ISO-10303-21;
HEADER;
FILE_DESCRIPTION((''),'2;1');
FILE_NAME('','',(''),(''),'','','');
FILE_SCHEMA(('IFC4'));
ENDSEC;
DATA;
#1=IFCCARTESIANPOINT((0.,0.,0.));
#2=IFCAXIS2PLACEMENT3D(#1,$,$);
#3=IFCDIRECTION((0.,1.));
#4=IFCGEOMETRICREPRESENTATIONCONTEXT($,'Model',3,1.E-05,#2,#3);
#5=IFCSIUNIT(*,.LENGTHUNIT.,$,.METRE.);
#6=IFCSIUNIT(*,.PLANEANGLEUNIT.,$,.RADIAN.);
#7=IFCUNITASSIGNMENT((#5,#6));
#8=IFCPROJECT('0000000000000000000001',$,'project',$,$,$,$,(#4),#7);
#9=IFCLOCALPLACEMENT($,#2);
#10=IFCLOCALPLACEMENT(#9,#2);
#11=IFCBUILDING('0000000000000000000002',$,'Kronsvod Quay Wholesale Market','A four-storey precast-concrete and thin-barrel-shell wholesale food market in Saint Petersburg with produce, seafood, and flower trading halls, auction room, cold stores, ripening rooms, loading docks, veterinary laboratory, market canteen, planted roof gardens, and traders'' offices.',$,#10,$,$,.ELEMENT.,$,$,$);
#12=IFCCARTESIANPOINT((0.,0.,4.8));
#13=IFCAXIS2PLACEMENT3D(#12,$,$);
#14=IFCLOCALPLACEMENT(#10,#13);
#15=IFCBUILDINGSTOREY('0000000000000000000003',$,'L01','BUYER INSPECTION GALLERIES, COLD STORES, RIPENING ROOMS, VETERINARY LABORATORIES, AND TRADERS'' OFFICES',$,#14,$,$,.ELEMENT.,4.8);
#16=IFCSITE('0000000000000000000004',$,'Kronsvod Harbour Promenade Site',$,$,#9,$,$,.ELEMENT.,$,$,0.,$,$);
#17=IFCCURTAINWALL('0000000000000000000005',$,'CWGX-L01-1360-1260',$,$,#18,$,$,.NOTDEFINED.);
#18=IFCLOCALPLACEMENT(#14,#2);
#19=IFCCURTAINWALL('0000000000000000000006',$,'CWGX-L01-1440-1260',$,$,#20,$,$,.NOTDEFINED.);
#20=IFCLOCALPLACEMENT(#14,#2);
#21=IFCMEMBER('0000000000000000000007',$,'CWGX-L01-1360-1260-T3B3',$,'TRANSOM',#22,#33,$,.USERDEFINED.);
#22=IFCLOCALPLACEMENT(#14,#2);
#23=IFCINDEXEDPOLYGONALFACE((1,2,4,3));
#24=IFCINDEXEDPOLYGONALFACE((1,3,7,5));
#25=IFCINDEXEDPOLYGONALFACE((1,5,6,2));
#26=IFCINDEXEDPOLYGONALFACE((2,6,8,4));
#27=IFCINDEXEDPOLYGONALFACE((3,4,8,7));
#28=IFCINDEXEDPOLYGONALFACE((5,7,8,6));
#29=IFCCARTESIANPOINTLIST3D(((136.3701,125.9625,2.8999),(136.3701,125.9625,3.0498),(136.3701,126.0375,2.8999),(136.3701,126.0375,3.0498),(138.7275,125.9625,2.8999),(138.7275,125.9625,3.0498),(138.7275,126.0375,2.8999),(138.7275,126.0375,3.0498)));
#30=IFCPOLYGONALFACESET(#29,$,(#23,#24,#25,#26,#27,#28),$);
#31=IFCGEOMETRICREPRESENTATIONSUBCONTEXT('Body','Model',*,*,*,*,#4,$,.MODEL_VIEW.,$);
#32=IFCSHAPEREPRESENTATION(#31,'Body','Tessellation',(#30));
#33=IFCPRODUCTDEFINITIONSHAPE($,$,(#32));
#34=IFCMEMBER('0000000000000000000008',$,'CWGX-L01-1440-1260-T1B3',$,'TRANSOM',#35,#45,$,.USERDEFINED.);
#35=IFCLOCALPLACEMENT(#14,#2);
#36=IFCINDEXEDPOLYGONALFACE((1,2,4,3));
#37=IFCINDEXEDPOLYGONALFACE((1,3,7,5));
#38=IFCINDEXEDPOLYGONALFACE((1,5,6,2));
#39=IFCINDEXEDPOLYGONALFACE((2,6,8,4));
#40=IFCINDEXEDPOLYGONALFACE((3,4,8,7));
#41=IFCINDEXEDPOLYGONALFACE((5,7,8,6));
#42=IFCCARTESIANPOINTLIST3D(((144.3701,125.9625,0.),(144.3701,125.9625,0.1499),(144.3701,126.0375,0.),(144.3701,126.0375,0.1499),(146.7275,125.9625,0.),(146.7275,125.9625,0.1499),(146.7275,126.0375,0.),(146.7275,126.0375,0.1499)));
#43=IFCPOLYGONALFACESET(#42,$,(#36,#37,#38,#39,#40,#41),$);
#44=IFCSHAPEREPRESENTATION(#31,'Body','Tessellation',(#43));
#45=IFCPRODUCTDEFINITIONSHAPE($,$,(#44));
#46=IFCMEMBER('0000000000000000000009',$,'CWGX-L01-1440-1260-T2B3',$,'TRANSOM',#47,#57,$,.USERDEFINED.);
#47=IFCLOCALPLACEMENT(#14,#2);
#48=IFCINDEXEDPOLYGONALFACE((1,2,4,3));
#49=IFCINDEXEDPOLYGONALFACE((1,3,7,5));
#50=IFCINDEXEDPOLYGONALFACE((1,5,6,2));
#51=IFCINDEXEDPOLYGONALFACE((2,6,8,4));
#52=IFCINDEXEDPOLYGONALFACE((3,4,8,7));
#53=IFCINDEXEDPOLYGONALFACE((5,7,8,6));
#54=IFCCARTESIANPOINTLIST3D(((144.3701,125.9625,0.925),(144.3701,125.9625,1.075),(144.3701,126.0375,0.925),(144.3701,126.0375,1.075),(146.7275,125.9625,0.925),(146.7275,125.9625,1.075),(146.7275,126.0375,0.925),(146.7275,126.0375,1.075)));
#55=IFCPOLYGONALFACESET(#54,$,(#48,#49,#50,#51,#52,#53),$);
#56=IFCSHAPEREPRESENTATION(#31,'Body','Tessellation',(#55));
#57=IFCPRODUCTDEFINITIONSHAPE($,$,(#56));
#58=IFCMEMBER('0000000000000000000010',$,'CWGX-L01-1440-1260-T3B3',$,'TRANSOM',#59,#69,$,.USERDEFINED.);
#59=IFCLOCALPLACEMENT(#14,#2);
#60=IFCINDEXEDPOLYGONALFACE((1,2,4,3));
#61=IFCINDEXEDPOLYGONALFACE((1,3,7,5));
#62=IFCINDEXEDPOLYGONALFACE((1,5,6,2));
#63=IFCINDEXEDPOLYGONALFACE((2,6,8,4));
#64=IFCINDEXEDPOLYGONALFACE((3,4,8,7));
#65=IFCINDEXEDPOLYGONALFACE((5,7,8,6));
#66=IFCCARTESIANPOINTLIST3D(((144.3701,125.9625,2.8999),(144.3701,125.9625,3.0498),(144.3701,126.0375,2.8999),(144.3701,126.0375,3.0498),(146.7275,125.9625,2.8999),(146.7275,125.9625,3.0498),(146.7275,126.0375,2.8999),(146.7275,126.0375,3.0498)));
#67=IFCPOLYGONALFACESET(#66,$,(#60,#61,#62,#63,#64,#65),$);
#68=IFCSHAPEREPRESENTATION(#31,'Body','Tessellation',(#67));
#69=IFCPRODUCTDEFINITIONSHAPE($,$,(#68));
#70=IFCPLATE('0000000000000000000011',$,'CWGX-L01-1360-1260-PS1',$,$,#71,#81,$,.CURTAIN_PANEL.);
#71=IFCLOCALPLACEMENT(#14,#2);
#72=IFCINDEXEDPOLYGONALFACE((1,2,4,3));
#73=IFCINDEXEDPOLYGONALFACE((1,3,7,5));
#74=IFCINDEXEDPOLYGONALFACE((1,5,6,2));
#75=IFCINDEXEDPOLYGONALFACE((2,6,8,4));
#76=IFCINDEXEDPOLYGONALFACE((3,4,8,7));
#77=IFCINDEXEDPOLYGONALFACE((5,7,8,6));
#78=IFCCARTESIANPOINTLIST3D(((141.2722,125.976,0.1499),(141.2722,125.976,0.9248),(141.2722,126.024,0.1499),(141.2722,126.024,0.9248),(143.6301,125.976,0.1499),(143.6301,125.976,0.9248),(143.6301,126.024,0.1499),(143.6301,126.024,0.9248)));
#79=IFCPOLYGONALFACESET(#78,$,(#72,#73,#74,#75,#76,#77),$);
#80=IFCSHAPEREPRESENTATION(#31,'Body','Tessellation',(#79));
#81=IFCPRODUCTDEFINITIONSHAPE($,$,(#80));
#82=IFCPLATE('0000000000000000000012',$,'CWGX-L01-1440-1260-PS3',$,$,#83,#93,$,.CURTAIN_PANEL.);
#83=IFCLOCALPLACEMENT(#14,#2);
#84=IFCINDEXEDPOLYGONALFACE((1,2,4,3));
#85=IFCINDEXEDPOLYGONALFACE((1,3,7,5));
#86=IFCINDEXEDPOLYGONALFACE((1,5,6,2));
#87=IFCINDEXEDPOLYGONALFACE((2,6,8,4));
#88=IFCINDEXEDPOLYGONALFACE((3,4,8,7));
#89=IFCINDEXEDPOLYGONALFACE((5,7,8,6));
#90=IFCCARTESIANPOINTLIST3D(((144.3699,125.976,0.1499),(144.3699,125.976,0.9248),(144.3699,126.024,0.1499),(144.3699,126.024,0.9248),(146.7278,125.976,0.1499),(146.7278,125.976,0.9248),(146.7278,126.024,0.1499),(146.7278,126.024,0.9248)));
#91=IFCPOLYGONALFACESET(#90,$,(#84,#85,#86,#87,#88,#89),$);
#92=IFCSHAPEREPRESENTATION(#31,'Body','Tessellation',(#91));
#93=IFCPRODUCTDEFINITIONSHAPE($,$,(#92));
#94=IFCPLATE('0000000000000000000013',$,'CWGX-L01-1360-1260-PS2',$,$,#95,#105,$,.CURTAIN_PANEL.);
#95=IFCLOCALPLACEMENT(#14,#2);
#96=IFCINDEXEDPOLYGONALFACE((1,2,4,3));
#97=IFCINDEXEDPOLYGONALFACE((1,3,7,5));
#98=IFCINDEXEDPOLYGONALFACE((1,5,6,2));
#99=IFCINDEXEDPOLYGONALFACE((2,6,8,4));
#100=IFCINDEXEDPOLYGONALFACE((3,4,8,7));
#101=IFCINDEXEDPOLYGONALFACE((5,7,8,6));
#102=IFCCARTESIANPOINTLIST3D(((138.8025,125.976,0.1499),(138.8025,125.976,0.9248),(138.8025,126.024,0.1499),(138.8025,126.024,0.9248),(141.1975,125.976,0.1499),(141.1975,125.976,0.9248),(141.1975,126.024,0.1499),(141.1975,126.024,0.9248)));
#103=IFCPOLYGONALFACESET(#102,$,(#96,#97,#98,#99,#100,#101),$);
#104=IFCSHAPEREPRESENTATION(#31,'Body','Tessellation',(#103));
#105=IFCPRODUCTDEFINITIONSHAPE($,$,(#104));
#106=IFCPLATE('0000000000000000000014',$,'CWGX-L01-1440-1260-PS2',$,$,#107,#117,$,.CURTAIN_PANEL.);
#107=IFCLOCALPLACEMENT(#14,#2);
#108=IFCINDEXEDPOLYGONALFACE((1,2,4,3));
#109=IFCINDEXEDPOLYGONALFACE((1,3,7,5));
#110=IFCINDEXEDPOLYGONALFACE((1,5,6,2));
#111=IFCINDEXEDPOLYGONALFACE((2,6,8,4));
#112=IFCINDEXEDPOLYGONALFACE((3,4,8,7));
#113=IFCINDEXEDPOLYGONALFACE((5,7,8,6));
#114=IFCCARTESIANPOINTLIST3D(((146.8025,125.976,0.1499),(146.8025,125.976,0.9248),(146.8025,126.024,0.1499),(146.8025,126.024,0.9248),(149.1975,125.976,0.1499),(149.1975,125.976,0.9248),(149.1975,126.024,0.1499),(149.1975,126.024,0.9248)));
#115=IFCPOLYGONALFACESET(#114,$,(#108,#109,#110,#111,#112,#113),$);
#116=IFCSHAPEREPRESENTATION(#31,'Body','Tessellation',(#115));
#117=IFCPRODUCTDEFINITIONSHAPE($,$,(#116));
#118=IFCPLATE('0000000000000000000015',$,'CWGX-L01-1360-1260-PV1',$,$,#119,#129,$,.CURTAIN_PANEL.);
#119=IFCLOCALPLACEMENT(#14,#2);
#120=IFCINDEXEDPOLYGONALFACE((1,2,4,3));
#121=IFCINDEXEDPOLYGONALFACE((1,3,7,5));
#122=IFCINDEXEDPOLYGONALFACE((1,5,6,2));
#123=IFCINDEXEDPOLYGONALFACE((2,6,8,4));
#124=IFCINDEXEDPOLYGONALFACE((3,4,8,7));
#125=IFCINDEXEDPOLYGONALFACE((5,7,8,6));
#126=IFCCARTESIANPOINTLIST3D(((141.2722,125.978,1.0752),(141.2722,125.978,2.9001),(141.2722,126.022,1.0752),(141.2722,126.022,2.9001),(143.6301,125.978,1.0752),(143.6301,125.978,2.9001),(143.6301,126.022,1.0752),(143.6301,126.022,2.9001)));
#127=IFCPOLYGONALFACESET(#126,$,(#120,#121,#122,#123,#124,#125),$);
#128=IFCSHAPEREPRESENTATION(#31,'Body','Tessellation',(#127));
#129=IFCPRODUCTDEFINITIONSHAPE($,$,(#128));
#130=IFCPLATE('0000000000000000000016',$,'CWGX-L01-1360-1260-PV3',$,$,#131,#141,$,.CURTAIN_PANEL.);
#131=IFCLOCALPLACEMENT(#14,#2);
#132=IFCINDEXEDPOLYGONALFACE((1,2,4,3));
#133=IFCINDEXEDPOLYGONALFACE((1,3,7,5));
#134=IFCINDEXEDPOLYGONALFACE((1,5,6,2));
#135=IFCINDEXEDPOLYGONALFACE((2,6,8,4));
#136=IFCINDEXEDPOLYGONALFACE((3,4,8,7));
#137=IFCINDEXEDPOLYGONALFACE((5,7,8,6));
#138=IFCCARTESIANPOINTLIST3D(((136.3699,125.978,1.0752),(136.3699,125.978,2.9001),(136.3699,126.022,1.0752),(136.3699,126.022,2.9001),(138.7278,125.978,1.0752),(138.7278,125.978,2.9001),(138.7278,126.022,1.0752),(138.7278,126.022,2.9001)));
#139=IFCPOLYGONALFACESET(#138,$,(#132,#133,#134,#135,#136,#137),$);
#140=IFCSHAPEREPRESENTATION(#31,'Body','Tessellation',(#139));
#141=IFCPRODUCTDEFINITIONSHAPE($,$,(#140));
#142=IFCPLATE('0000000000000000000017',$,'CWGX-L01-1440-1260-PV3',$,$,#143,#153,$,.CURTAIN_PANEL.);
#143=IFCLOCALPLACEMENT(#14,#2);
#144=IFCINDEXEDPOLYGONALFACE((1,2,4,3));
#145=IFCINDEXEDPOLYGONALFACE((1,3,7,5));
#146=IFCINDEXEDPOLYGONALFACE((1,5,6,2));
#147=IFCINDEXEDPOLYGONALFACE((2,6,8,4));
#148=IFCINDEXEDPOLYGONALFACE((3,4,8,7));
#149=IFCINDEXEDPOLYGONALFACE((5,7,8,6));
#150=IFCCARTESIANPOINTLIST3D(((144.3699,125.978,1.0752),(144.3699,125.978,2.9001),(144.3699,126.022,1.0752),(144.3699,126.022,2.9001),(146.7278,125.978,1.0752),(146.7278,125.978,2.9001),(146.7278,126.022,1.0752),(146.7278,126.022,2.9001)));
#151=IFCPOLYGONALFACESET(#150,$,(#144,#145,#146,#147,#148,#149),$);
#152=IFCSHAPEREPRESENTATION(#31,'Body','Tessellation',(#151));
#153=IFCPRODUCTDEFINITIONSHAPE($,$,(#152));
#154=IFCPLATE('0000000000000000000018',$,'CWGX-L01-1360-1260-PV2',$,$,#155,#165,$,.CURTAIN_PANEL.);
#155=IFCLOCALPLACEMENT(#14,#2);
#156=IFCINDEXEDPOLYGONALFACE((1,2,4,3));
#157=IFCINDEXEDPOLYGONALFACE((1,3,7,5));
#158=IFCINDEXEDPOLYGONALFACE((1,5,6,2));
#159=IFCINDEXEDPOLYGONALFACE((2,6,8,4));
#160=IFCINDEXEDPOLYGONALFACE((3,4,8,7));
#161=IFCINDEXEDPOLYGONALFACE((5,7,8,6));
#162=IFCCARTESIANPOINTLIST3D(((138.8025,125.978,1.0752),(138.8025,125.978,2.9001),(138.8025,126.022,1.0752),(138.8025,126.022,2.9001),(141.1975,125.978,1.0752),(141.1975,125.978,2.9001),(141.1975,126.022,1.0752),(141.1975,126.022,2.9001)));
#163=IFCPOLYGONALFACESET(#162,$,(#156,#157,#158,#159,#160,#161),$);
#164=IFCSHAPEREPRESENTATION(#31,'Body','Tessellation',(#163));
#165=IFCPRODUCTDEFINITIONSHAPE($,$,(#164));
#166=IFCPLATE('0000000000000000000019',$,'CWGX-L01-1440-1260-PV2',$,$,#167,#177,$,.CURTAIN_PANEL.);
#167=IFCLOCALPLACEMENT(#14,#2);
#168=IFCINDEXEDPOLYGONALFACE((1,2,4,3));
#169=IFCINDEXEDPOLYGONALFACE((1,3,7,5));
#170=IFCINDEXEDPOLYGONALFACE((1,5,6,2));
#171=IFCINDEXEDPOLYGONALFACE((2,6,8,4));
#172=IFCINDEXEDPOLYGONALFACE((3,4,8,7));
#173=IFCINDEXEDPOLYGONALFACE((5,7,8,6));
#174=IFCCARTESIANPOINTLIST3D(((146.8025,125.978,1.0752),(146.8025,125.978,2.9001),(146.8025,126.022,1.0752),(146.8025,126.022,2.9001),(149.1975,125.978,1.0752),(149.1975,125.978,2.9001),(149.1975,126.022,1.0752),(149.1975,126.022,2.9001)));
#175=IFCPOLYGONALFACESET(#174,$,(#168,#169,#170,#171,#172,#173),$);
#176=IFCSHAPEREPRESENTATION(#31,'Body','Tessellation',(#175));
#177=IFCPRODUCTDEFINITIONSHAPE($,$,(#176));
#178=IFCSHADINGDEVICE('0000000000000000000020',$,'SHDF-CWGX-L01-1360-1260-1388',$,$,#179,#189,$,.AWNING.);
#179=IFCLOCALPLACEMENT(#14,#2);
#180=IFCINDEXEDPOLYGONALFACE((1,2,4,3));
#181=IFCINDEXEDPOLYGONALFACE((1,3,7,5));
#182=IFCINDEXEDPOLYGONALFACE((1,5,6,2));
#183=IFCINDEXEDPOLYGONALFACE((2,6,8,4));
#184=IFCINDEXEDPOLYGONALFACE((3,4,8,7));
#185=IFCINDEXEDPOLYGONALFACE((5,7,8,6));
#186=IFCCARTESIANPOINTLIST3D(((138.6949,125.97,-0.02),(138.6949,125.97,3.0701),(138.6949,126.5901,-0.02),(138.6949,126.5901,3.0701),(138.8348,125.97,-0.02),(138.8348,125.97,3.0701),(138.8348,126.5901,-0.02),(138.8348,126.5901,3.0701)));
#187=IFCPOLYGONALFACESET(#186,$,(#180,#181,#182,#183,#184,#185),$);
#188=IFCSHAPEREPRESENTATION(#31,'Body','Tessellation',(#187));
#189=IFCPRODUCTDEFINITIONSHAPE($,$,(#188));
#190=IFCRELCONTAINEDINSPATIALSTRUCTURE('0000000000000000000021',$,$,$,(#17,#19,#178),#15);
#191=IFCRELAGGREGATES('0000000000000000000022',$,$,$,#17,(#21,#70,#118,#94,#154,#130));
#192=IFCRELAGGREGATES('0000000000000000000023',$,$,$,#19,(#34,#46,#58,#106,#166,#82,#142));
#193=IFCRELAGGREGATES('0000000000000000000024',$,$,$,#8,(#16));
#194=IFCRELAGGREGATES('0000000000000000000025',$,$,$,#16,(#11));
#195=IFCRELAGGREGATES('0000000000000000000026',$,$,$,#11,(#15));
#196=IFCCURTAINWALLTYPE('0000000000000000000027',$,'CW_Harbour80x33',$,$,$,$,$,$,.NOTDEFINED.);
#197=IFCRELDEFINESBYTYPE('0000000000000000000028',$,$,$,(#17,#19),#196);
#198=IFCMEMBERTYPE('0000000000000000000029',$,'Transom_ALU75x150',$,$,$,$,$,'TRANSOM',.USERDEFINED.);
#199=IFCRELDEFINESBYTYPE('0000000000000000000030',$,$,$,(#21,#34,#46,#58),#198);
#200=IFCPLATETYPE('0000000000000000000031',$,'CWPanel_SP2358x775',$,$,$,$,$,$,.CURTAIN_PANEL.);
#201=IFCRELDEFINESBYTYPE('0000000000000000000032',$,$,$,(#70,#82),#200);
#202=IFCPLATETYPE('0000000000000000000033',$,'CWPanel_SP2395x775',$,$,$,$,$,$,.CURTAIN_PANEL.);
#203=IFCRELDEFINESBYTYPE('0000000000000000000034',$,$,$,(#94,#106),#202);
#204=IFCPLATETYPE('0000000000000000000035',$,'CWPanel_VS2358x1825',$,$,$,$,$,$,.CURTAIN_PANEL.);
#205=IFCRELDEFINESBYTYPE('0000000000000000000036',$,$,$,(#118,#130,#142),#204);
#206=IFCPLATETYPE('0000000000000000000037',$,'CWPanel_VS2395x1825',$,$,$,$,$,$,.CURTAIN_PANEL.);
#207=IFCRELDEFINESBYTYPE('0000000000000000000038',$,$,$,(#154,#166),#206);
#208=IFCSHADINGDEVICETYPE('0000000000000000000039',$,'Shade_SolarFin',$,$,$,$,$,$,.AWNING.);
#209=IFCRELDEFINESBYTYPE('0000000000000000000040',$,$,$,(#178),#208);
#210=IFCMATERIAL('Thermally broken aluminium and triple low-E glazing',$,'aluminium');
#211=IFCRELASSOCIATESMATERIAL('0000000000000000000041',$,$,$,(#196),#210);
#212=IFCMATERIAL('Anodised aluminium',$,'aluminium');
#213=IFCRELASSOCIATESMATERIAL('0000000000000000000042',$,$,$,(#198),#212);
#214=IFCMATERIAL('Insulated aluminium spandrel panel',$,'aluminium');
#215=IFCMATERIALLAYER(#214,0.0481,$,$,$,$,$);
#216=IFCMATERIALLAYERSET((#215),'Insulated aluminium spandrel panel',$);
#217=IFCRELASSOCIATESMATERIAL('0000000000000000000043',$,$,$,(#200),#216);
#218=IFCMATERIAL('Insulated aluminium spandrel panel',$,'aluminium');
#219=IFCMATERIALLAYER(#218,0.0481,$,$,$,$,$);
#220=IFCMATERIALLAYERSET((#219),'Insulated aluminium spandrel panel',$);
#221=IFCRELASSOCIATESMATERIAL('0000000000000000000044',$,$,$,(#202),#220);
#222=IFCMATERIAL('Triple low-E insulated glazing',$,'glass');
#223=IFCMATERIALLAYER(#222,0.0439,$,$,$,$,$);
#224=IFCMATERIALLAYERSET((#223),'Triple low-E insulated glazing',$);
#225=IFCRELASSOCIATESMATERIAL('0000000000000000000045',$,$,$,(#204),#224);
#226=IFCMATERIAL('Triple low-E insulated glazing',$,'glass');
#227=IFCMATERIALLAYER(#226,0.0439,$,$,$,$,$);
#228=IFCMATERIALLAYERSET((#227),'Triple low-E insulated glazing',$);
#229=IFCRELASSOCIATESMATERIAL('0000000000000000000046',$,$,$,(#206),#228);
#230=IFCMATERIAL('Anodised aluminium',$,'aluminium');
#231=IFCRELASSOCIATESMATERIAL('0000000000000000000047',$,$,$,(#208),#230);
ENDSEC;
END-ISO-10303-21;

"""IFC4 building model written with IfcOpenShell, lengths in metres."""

from ifc_helpers import new_model, si_unit, direction, frame, origin, origin_2d, place, context, subcontext, project, spatial, rectangle, extrude, material, layer, layer_set, material_profile, profile_set, type_object, element, aggregate, save


model = new_model("IFC4")

# Units and contexts
model_context = context("Model", 3, precision=1e-05, world=origin(), true_north=direction((0.0, 1.0)))
body_context = subcontext(model_context, "Body", "Model", "MODEL_VIEW")
ifc_project = project(units=[si_unit("LENGTHUNIT", "METRE"), si_unit("PLANEANGLEUNIT", "RADIAN")], contexts=[model_context])

# Site, building, storey
site_placement = place(None, origin())
site = spatial("IfcSite", under=ifc_project, at=site_placement, Name="Kronsvod Harbour Promenade Site", CompositionType="ELEMENT", RefElevation=0.0)
building_placement = place(site_placement, origin())
building = spatial("IfcBuilding", under=site, at=building_placement, Name="Kronsvod Quay Wholesale Market", Description="A four-storey precast-concrete and thin-barrel-shell wholesale food market in Saint Petersburg with produce, seafood, and flower trading halls, auction room, cold stores, ripening rooms, loading docks, veterinary laboratory, market canteen, planted roof gardens, and traders' offices.", CompositionType="ELEMENT")
storey_placement = place(building_placement, frame((0.0, 0.0, 4.8)))
storey = spatial("IfcBuildingStorey", under=building, at=storey_placement, Name="L01", Description="BUYER INSPECTION GALLERIES, COLD STORES, RIPENING ROOMS, VETERINARY LABORATORIES, AND TRADERS' OFFICES", CompositionType="ELEMENT", Elevation=4.8)

# Curtain walls
ifc_material_1 = material(Name="Thermally broken aluminium and triple low-E glazing", Category="aluminium")
curtain_wall_type = type_object("IfcCurtainWallType", Name="CW_Harbour80x33", PredefinedType="NOTDEFINED", material=ifc_material_1)
curtain_wall_1_placement = place(storey_placement, origin())
curtain_wall_1 = element("IfcCurtainWall", 1, at=curtain_wall_1_placement, inside=storey, type_object=curtain_wall_type, Name="CWGX-L01-1360-1260", PredefinedType="NOTDEFINED")
curtain_wall_2_placement = place(storey_placement, origin())
curtain_wall_2 = element("IfcCurtainWall", 2, at=curtain_wall_2_placement, inside=storey, type_object=curtain_wall_type, Name="CWGX-L01-1440-1260", PredefinedType="NOTDEFINED")

# Members
ifc_material_2 = material(Name="Anodised aluminium", Category="aluminium")
ifc_material_profile_1 = material_profile(ifc_material_2, rectangle(XDim=0.075, YDim=0.1499, at=origin_2d()), Name="ALUT75x150")
ifc_profile_set_1 = profile_set([ifc_material_profile_1], Name="Anodised aluminium")
member_type_1 = type_object("IfcMemberType", Name="Transom_ALU75x150", ElementType="TRANSOM", PredefinedType="USERDEFINED", material=ifc_profile_set_1)
member_1_placement = place(storey_placement, frame((138.7275, 126.0, 2.9749), z_axis=(-1.0, 0.0, 0.0), x_axis=(0.0, -1.0, 0.0)))
member_1 = element("IfcMember", 3, at=member_1_placement, type_object=member_type_1, Name="CWGX-L01-1360-1260-T3B3", ObjectType="TRANSOM", PredefinedType="USERDEFINED", context=body_context, shape_type="SweptSolid", body=[
    extrude(rectangle(XDim=0.075, YDim=0.1499, at=origin_2d()), origin(), (0.0, 0.0, 1.0), 2.3574),
])
member_2_placement = place(storey_placement, frame((146.7275, 126.0, 0.075), z_axis=(-1.0, 0.0, 0.0), x_axis=(0.0, -1.0, 0.0)))
member_2 = element("IfcMember", 4, at=member_2_placement, type_object=member_type_1, Name="CWGX-L01-1440-1260-T1B3", ObjectType="TRANSOM", PredefinedType="USERDEFINED", context=body_context, shape_type="SweptSolid", body=[
    extrude(rectangle(XDim=0.075, YDim=0.1499, at=origin_2d()), origin(), (0.0, 0.0, 1.0), 2.3574),
])
member_3_placement = place(storey_placement, frame((146.7275, 126.0, 1.0), z_axis=(-1.0, 0.0, 0.0), x_axis=(0.0, -1.0, 0.0)))
member_3 = element("IfcMember", 5, at=member_3_placement, type_object=member_type_1, Name="CWGX-L01-1440-1260-T2B3", ObjectType="TRANSOM", PredefinedType="USERDEFINED", context=body_context, shape_type="SweptSolid", body=[
    extrude(rectangle(XDim=0.075, YDim=0.1499, at=origin_2d()), origin(), (0.0, 0.0, 1.0), 2.3574),
])
member_4_placement = place(storey_placement, frame((146.7275, 126.0, 2.9749), z_axis=(-1.0, 0.0, 0.0), x_axis=(0.0, -1.0, 0.0)))
member_4 = element("IfcMember", 6, at=member_4_placement, type_object=member_type_1, Name="CWGX-L01-1440-1260-T3B3", ObjectType="TRANSOM", PredefinedType="USERDEFINED", context=body_context, shape_type="SweptSolid", body=[
    extrude(rectangle(XDim=0.075, YDim=0.1499, at=origin_2d()), origin(), (0.0, 0.0, 1.0), 2.3574),
])

# Plates
ifc_material_3 = material(Name="Insulated aluminium spandrel panel", Category="aluminium")
ifc_layer_1 = layer(ifc_material_3, 0.0481)
ifc_layer_set_1 = layer_set([ifc_layer_1], Name="Insulated aluminium spandrel panel")
plate_type_1 = type_object("IfcPlateType", Name="CWPanel_SP2358x775", PredefinedType="CURTAIN_PANEL", material=ifc_layer_set_1)
plate_1_placement = place(storey_placement, frame((142.4512, 126.0, 0.1499), z_axis=(0.0, 0.0, 1.0), x_axis=(-1.0, 0.0, 0.0)))
plate_1 = element("IfcPlate", 7, at=plate_1_placement, type_object=plate_type_1, Name="CWGX-L01-1360-1260-PS1", PredefinedType="CURTAIN_PANEL", context=body_context, shape_type="SweptSolid", body=[
    extrude(rectangle(XDim=2.3579, YDim=0.0481, at=origin_2d()), origin(), (0.0, 0.0, 1.0), 0.7749),
])
plate_2_placement = place(storey_placement, frame((145.5488, 126.0, 0.1499), z_axis=(0.0, 0.0, 1.0), x_axis=(-1.0, 0.0, 0.0)))
plate_2 = element("IfcPlate", 8, at=plate_2_placement, type_object=plate_type_1, Name="CWGX-L01-1440-1260-PS3", PredefinedType="CURTAIN_PANEL", context=body_context, shape_type="SweptSolid", body=[
    extrude(rectangle(XDim=2.3579, YDim=0.0481, at=origin_2d()), origin(), (0.0, 0.0, 1.0), 0.7749),
])
ifc_material_4 = material(Name="Insulated aluminium spandrel panel", Category="aluminium")
ifc_layer_2 = layer(ifc_material_4, 0.0481)
ifc_layer_set_2 = layer_set([ifc_layer_2], Name="Insulated aluminium spandrel panel")
plate_type_2 = type_object("IfcPlateType", Name="CWPanel_SP2395x775", PredefinedType="CURTAIN_PANEL", material=ifc_layer_set_2)
plate_3_placement = place(storey_placement, frame((140.0, 126.0, 0.1499), z_axis=(0.0, 0.0, 1.0), x_axis=(-1.0, 0.0, 0.0)))
plate_3 = element("IfcPlate", 9, at=plate_3_placement, type_object=plate_type_2, Name="CWGX-L01-1360-1260-PS2", PredefinedType="CURTAIN_PANEL", context=body_context, shape_type="SweptSolid", body=[
    extrude(rectangle(XDim=2.395, YDim=0.0481, at=origin_2d()), origin(), (0.0, 0.0, 1.0), 0.7749),
])
plate_4_placement = place(storey_placement, frame((148.0, 126.0, 0.1499), z_axis=(0.0, 0.0, 1.0), x_axis=(-1.0, 0.0, 0.0)))
plate_4 = element("IfcPlate", 10, at=plate_4_placement, type_object=plate_type_2, Name="CWGX-L01-1440-1260-PS2", PredefinedType="CURTAIN_PANEL", context=body_context, shape_type="SweptSolid", body=[
    extrude(rectangle(XDim=2.395, YDim=0.0481, at=origin_2d()), origin(), (0.0, 0.0, 1.0), 0.7749),
])
ifc_material_5 = material(Name="Triple low-E insulated glazing", Category="glass")
ifc_layer_3 = layer(ifc_material_5, 0.0439)
ifc_layer_set_3 = layer_set([ifc_layer_3], Name="Triple low-E insulated glazing")
plate_type_3 = type_object("IfcPlateType", Name="CWPanel_VS2358x1825", PredefinedType="CURTAIN_PANEL", material=ifc_layer_set_3)
plate_5_placement = place(storey_placement, frame((142.4512, 126.0, 1.0752), z_axis=(0.0, 0.0, 1.0), x_axis=(-1.0, 0.0, 0.0)))
plate_5 = element("IfcPlate", 11, at=plate_5_placement, type_object=plate_type_3, Name="CWGX-L01-1360-1260-PV1", PredefinedType="CURTAIN_PANEL", context=body_context, shape_type="SweptSolid", body=[
    extrude(rectangle(XDim=2.3579, YDim=0.0439, at=origin_2d()), origin(), (0.0, 0.0, 1.0), 1.825),
])
plate_6_placement = place(storey_placement, frame((137.5488, 126.0, 1.0752), z_axis=(0.0, 0.0, 1.0), x_axis=(-1.0, 0.0, 0.0)))
plate_6 = element("IfcPlate", 12, at=plate_6_placement, type_object=plate_type_3, Name="CWGX-L01-1360-1260-PV3", PredefinedType="CURTAIN_PANEL", context=body_context, shape_type="SweptSolid", body=[
    extrude(rectangle(XDim=2.3579, YDim=0.0439, at=origin_2d()), origin(), (0.0, 0.0, 1.0), 1.825),
])
plate_7_placement = place(storey_placement, frame((145.5488, 126.0, 1.0752), z_axis=(0.0, 0.0, 1.0), x_axis=(-1.0, 0.0, 0.0)))
plate_7 = element("IfcPlate", 13, at=plate_7_placement, type_object=plate_type_3, Name="CWGX-L01-1440-1260-PV3", PredefinedType="CURTAIN_PANEL", context=body_context, shape_type="SweptSolid", body=[
    extrude(rectangle(XDim=2.3579, YDim=0.0439, at=origin_2d()), origin(), (0.0, 0.0, 1.0), 1.825),
])
ifc_material_6 = material(Name="Triple low-E insulated glazing", Category="glass")
ifc_layer_4 = layer(ifc_material_6, 0.0439)
ifc_layer_set_4 = layer_set([ifc_layer_4], Name="Triple low-E insulated glazing")
plate_type_4 = type_object("IfcPlateType", Name="CWPanel_VS2395x1825", PredefinedType="CURTAIN_PANEL", material=ifc_layer_set_4)
plate_8_placement = place(storey_placement, frame((140.0, 126.0, 1.0752), z_axis=(0.0, 0.0, 1.0), x_axis=(-1.0, 0.0, 0.0)))
plate_8 = element("IfcPlate", 14, at=plate_8_placement, type_object=plate_type_4, Name="CWGX-L01-1360-1260-PV2", PredefinedType="CURTAIN_PANEL", context=body_context, shape_type="SweptSolid", body=[
    extrude(rectangle(XDim=2.395, YDim=0.0439, at=origin_2d()), origin(), (0.0, 0.0, 1.0), 1.825),
])
aggregate(curtain_wall_1, [member_1, plate_1, plate_5, plate_3, plate_8, plate_6])
plate_9_placement = place(storey_placement, frame((148.0, 126.0, 1.0752), z_axis=(0.0, 0.0, 1.0), x_axis=(-1.0, 0.0, 0.0)))
plate_9 = element("IfcPlate", 15, at=plate_9_placement, type_object=plate_type_4, Name="CWGX-L01-1440-1260-PV2", PredefinedType="CURTAIN_PANEL", context=body_context, shape_type="SweptSolid", body=[
    extrude(rectangle(XDim=2.395, YDim=0.0439, at=origin_2d()), origin(), (0.0, 0.0, 1.0), 1.825),
])
aggregate(curtain_wall_2, [member_2, member_3, member_4, plate_4, plate_9, plate_2, plate_7])

# Shading device
ifc_material_7 = material(Name="Anodised aluminium", Category="aluminium")
shading_device_type_1 = type_object("IfcShadingDeviceType", Name="Shade_SolarFin", PredefinedType="AWNING", material=ifc_material_7)
for number, where, z_axis, x_axis, name in (
    (16, (138.7649, 126.28, -0.02), (0.0, 0.0, 1.0), (1.0, 0.0, 0.0), "SHDF-CWGX-L01-1360-1260-1388"),
):
    element("IfcShadingDevice", number, at=place(storey_placement, frame(where, z_axis=z_axis, x_axis=x_axis)), inside=storey, type_object=shading_device_type_1, Name=name, PredefinedType="AWNING", context=body_context, shape_type="SweptSolid", body=[
        extrude(rectangle(XDim=0.1399, YDim=0.6201, at=origin_2d()), origin(), (0.0, 0.0, 1.0), 3.0901),
    ])

save(model, "model.ifc")
